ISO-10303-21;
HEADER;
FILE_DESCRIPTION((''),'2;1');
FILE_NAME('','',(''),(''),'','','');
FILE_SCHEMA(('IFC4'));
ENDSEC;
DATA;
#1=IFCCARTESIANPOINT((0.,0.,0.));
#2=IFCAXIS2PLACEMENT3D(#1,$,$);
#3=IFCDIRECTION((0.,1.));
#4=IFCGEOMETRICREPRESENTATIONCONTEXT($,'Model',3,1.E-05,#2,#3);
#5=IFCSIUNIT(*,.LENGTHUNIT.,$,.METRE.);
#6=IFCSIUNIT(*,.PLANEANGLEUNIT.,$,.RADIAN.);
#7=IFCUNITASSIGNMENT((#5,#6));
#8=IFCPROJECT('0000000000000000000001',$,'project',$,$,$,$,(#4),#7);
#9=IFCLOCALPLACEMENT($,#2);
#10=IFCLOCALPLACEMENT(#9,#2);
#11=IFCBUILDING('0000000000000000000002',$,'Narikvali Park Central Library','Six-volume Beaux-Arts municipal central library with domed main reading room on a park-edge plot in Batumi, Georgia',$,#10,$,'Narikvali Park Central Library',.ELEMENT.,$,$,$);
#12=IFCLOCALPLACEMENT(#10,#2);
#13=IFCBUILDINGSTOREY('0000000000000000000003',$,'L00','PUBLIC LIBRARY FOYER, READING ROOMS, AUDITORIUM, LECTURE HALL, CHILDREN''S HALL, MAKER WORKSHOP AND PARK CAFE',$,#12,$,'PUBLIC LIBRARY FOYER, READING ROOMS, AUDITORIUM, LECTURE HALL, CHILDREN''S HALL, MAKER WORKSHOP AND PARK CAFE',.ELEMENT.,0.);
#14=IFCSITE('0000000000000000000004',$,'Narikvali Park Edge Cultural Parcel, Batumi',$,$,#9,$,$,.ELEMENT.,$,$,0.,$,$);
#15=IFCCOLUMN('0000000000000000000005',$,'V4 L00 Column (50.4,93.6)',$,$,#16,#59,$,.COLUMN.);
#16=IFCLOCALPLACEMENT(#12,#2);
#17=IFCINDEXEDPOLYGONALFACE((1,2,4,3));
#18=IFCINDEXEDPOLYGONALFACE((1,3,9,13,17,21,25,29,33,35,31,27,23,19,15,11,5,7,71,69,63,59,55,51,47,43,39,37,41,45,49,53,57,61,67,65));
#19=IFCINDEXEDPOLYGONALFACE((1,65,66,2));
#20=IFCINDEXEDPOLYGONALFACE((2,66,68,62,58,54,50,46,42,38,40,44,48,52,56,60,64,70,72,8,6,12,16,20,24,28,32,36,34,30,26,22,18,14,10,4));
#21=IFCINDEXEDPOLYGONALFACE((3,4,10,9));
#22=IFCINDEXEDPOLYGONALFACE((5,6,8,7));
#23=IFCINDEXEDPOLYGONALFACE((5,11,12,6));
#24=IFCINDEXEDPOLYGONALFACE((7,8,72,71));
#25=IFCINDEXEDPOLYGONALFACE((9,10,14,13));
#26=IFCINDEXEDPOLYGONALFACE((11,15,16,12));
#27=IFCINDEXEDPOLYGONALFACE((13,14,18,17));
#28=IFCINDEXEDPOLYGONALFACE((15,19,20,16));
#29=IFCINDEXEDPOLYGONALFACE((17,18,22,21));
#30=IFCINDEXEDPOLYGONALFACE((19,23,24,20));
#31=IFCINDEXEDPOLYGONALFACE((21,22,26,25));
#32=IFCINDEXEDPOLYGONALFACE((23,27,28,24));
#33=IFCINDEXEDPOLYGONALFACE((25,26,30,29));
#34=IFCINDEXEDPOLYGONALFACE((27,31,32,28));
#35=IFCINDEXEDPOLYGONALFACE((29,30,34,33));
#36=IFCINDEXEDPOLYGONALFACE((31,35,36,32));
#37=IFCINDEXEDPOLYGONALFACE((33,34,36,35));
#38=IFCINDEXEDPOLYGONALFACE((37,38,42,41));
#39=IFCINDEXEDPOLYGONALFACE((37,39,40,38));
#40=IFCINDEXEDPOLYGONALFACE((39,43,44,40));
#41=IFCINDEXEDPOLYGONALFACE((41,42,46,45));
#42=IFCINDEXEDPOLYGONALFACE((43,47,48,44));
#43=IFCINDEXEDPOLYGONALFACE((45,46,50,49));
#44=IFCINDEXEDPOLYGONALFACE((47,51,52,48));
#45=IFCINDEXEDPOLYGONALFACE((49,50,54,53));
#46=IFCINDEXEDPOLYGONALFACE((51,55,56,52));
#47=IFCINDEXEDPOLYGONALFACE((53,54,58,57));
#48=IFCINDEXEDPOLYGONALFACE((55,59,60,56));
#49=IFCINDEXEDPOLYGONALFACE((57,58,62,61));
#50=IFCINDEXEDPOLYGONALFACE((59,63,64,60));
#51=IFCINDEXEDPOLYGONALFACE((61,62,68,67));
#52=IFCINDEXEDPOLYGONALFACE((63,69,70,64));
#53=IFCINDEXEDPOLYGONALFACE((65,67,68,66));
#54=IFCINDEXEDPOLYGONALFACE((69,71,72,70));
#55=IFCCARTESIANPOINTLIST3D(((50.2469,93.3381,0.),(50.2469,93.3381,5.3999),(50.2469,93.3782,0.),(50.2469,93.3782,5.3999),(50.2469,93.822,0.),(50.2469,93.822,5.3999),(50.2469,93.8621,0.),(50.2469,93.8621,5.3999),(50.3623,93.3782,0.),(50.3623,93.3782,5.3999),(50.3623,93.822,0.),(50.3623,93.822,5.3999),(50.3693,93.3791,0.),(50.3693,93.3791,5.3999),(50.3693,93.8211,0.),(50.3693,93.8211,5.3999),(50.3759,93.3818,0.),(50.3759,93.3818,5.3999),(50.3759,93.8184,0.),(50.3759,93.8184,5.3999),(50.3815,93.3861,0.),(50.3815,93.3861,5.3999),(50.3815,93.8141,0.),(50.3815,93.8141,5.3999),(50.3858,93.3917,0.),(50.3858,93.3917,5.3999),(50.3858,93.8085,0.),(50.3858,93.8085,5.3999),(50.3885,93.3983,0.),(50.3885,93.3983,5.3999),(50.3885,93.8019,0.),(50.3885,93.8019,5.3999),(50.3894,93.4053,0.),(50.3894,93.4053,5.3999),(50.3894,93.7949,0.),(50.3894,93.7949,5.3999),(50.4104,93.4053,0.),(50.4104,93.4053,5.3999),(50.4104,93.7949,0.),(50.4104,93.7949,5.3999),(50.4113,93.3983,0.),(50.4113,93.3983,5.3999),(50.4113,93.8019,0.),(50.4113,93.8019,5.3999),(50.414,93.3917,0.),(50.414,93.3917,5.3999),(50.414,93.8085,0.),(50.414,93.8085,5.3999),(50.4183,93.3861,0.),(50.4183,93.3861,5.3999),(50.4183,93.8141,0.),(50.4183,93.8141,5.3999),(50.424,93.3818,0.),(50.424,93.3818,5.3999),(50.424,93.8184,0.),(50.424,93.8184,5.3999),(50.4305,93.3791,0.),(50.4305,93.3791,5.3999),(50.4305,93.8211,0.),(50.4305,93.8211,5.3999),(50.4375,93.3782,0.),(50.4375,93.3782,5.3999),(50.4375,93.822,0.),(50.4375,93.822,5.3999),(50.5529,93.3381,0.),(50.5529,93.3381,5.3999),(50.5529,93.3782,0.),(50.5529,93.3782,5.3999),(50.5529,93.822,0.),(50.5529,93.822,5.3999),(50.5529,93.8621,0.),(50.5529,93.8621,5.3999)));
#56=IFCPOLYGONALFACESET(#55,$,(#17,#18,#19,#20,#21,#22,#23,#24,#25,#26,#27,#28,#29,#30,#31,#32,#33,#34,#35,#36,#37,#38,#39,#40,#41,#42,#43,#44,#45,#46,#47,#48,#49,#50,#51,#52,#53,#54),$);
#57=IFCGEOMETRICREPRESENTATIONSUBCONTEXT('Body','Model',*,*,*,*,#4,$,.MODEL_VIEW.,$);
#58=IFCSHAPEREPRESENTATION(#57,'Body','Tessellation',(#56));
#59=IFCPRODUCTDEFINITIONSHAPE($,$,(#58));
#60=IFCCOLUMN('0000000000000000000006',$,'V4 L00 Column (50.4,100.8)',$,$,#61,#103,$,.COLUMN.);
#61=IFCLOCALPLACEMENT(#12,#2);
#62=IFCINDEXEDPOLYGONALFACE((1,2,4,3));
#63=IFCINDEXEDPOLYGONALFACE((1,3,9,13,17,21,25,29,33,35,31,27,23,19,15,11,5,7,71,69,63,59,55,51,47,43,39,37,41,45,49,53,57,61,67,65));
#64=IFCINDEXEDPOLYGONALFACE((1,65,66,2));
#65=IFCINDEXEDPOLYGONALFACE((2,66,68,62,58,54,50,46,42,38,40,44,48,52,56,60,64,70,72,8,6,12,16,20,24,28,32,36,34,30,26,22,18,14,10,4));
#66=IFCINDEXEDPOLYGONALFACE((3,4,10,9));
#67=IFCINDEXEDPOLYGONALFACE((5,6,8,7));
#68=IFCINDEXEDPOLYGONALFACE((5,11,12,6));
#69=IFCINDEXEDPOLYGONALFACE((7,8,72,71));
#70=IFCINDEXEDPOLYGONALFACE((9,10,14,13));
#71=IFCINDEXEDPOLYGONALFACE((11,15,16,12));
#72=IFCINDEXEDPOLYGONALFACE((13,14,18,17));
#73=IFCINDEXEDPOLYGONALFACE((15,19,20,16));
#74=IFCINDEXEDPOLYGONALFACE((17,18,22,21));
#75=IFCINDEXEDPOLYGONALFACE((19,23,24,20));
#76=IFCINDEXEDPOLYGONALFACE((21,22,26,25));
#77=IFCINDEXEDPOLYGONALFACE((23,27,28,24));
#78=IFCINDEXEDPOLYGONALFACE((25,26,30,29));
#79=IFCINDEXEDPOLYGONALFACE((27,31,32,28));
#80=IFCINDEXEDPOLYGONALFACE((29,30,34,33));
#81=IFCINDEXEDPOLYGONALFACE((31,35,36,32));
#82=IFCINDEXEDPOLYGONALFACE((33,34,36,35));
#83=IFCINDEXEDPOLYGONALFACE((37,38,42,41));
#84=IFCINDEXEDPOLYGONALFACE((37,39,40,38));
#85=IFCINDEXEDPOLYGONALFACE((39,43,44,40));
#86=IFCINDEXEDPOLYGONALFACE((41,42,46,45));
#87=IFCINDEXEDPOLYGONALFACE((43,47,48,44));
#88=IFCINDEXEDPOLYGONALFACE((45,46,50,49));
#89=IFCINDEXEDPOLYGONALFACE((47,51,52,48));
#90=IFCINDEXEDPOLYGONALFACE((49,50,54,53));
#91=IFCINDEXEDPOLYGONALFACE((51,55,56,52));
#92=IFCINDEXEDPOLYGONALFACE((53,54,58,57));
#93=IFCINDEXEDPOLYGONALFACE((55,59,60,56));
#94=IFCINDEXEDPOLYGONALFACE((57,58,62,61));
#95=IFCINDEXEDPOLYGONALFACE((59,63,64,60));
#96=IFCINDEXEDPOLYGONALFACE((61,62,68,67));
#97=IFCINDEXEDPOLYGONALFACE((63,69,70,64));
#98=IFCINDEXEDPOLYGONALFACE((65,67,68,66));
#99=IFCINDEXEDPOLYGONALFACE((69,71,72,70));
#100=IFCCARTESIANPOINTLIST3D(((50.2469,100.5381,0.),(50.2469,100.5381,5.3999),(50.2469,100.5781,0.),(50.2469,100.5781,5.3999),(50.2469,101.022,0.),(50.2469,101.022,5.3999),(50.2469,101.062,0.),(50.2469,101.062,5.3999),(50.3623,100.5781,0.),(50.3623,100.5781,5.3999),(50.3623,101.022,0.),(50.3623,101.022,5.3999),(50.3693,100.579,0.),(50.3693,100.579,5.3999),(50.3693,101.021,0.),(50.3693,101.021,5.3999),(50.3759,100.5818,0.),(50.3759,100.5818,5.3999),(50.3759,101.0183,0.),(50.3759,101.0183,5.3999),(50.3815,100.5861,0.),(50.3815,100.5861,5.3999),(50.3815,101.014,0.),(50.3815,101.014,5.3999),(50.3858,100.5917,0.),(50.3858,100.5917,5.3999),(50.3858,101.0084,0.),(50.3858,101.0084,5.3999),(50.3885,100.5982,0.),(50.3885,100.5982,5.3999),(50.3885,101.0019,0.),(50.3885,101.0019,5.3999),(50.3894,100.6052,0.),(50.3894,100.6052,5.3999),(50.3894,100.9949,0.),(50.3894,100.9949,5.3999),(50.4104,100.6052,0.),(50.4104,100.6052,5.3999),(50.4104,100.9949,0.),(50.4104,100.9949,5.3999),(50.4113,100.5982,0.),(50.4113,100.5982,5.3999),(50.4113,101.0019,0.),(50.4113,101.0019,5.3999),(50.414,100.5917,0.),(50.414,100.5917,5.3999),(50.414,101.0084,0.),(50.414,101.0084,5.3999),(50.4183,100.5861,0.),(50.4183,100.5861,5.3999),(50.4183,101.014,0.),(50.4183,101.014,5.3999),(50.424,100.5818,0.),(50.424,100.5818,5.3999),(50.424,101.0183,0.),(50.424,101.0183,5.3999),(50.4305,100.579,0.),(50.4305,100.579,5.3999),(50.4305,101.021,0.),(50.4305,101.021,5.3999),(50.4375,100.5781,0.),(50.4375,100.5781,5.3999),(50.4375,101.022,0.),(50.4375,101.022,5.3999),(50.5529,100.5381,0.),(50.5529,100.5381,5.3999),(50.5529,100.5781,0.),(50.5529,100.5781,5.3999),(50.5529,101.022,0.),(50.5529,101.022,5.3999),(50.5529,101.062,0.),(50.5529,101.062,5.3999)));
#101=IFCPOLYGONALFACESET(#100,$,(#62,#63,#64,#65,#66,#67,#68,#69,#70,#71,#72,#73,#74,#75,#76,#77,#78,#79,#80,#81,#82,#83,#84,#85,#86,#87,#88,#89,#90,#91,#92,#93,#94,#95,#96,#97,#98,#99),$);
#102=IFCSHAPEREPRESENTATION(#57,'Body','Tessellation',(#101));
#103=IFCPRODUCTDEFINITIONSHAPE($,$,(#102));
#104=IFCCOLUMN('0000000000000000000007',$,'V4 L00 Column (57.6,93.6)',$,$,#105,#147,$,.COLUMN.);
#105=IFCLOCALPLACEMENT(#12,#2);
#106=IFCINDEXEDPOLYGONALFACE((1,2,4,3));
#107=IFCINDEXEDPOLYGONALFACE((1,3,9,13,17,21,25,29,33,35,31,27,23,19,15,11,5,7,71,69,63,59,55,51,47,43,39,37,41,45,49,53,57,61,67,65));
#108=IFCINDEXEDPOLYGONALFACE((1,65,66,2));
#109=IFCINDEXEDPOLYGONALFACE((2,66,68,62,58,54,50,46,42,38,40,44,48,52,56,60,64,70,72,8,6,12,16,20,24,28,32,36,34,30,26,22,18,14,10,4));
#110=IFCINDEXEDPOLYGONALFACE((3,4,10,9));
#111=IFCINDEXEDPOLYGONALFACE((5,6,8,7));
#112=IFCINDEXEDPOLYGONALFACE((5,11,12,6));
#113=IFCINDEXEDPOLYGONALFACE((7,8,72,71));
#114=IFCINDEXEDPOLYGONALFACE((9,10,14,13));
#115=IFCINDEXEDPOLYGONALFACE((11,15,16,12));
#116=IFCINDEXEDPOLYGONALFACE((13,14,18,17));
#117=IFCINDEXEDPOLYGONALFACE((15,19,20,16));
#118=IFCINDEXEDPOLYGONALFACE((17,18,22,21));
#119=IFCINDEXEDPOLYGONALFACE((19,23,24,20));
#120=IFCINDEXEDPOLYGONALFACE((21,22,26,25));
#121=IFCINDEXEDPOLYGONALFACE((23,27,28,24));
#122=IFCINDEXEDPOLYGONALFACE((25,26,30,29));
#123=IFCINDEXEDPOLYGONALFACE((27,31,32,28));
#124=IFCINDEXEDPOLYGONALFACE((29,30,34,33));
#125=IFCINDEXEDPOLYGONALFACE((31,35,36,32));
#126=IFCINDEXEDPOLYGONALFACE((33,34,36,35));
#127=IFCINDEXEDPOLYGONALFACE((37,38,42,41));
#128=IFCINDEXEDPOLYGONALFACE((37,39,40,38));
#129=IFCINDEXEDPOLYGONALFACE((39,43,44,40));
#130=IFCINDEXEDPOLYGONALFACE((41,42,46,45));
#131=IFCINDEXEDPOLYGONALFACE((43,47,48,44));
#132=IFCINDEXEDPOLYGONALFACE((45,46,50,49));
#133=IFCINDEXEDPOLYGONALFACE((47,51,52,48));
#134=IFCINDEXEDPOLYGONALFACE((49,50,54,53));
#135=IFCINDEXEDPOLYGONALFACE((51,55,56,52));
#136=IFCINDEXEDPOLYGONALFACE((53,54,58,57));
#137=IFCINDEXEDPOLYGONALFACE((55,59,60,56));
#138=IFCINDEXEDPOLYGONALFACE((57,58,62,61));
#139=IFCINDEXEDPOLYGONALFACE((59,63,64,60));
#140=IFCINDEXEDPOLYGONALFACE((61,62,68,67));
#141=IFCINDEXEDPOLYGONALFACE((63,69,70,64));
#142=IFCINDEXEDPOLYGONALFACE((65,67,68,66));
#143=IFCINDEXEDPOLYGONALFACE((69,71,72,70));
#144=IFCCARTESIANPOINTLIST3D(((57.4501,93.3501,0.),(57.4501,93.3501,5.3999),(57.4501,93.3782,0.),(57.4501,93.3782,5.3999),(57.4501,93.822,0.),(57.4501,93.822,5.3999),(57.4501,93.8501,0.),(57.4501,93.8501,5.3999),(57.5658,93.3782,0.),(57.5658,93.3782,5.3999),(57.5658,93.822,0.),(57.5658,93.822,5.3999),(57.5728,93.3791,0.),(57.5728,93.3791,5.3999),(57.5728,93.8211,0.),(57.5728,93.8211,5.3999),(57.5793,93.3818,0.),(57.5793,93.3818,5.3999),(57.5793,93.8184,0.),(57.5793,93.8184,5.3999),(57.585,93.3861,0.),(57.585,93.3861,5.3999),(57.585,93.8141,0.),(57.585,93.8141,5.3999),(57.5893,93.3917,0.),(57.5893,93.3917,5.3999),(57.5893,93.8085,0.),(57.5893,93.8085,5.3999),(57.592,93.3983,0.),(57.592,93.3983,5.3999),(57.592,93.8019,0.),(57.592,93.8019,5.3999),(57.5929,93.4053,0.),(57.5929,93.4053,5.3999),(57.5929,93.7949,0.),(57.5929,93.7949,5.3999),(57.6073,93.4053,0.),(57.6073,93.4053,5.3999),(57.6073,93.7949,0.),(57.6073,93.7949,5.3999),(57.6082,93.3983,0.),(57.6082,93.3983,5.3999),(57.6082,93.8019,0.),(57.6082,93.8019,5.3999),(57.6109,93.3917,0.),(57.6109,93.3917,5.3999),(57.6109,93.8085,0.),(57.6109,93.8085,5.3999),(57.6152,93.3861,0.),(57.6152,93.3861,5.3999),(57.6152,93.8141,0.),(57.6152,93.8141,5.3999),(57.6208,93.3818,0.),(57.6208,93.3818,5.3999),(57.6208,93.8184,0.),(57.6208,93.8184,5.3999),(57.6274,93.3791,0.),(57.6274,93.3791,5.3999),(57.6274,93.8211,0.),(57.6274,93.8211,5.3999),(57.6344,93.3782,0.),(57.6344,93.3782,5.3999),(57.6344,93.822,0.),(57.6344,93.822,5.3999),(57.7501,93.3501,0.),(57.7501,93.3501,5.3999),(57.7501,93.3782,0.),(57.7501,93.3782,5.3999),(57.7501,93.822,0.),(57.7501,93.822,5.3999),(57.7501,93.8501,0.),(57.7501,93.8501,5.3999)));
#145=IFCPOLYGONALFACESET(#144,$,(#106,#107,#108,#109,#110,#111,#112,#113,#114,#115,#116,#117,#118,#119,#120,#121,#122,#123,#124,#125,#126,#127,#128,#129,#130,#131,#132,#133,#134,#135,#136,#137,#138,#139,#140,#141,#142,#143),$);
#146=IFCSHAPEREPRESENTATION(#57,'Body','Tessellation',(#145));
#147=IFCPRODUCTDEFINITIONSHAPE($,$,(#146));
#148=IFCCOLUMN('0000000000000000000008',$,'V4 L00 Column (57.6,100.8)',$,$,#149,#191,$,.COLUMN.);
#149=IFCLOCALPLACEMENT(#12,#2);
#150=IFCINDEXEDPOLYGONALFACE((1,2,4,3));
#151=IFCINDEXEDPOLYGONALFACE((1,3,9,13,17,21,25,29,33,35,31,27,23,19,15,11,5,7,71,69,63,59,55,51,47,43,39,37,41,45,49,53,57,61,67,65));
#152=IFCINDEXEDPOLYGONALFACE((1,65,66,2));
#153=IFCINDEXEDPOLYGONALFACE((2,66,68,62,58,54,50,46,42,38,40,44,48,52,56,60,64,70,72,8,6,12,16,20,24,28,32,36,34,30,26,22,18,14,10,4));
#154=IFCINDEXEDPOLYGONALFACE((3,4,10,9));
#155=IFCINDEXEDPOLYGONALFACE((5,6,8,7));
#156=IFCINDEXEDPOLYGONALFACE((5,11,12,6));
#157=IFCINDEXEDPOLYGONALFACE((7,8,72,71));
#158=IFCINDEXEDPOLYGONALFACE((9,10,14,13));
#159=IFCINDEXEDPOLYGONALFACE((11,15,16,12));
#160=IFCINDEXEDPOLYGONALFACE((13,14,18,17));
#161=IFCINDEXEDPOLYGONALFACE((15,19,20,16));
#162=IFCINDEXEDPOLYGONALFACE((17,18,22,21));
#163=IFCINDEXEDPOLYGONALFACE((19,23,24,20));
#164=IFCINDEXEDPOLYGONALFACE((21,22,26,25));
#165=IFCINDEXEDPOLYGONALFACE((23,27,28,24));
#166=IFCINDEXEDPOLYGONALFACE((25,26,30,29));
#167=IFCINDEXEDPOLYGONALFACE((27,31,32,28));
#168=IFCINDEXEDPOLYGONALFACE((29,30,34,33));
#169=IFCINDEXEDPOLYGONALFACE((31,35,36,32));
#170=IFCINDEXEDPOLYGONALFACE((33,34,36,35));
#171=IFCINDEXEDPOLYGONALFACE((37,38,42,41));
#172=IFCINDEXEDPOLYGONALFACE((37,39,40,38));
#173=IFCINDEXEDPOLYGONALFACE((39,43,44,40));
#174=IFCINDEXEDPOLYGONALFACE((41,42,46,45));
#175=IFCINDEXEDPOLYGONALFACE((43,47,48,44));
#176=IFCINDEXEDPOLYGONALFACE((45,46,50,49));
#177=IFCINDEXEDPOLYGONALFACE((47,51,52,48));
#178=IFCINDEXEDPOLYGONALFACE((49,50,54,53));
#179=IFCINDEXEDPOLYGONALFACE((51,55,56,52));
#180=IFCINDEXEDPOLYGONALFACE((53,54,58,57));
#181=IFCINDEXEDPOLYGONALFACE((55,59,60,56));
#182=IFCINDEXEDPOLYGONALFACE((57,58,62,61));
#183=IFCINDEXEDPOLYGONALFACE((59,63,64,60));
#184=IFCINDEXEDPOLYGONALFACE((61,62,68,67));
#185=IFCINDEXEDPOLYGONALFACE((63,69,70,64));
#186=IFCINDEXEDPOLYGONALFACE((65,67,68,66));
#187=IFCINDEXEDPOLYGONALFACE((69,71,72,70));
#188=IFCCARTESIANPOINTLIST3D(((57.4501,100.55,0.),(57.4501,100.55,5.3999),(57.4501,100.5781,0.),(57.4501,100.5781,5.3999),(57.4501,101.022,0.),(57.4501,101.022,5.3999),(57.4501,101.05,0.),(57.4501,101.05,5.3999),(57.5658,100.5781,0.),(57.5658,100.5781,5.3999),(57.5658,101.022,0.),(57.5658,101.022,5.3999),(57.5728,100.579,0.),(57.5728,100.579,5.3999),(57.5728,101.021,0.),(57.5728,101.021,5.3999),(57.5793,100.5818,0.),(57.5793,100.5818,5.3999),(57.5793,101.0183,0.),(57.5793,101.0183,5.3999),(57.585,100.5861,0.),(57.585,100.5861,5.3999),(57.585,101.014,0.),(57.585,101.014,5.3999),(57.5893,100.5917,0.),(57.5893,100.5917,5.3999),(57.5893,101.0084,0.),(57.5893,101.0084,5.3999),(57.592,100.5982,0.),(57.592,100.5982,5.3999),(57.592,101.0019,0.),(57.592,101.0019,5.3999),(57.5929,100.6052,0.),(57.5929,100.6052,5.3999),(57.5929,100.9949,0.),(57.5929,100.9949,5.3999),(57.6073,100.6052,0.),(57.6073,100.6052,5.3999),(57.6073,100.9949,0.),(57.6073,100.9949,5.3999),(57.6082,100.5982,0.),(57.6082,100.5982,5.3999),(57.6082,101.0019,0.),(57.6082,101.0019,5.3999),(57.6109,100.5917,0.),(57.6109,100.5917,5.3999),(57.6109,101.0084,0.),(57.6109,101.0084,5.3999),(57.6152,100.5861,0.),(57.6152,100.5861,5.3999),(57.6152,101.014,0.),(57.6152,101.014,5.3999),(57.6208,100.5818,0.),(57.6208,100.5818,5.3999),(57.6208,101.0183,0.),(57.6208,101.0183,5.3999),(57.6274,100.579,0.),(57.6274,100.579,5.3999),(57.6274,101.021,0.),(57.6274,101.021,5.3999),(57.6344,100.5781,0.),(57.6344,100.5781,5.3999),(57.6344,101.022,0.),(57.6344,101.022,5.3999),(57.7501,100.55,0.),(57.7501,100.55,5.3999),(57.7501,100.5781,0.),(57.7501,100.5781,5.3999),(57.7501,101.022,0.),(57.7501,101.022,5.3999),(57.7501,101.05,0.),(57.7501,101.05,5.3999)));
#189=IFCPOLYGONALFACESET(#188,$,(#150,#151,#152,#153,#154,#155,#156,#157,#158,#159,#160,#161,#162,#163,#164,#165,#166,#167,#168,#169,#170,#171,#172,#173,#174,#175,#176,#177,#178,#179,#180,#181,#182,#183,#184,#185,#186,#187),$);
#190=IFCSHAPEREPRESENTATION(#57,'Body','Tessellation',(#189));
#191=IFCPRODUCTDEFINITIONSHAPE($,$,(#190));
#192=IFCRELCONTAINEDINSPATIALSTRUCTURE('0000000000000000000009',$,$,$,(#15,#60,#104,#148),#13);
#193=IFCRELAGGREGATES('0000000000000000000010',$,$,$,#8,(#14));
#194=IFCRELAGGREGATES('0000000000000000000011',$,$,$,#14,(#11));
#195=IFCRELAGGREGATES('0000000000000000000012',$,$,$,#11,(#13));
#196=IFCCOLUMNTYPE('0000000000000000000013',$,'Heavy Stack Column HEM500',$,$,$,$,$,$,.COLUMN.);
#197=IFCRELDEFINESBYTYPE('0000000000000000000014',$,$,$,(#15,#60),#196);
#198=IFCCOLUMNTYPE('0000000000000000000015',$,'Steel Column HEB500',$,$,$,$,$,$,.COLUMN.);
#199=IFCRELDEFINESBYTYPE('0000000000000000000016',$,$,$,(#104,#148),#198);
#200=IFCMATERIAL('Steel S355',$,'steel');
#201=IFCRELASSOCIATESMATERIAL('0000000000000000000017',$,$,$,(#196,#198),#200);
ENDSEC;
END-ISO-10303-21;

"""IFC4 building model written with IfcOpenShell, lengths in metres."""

from ifc_helpers import new_model, si_unit, direction, frame, origin, origin_2d, place, context, subcontext, project, spatial, i_section, extrude, material, material_profile, profile_set, type_object, element, save


model = new_model("IFC4")

# Units and contexts
model_context = context("Model", 3, precision=1e-05, world=origin(), true_north=direction((0.0, 1.0)))
body_context = subcontext(model_context, "Body", "Model", "MODEL_VIEW")
ifc_project = project(units=[si_unit("LENGTHUNIT", "METRE"), si_unit("PLANEANGLEUNIT", "RADIAN")], contexts=[model_context])

# Site, building, storey
site_placement = place(None, origin())
site = spatial("IfcSite", under=ifc_project, at=site_placement, Name="Narikvali Park Edge Cultural Parcel, Batumi", CompositionType="ELEMENT", RefElevation=0.0)
building_placement = place(site_placement, origin())
building = spatial("IfcBuilding", under=site, at=building_placement, Name="Narikvali Park Central Library", Description="Six-volume Beaux-Arts municipal central library with domed main reading room on a park-edge plot in Batumi, Georgia", LongName="Narikvali Park Central Library", CompositionType="ELEMENT")
storey_placement = place(building_placement, origin())
storey = spatial("IfcBuildingStorey", under=building, at=storey_placement, Name="L00", Description="PUBLIC LIBRARY FOYER, READING ROOMS, AUDITORIUM, LECTURE HALL, CHILDREN'S HALL, MAKER WORKSHOP AND PARK CAFE", LongName="PUBLIC LIBRARY FOYER, READING ROOMS, AUDITORIUM, LECTURE HALL, CHILDREN'S HALL, MAKER WORKSHOP AND PARK CAFE", CompositionType="ELEMENT", Elevation=0.0)

# Columns
ifc_material_1 = material(Name="Steel S355", Category="steel")
ifc_material_profile_1 = material_profile(ifc_material_1, i_section(OverallWidth=0.3059, OverallDepth=0.5239, WebThickness=0.021, FlangeThickness=0.04, FilletRadius=0.0271, at=origin_2d()), Name="HEM 500")
ifc_profile_set_1 = profile_set([ifc_material_profile_1], Name="Steel S355")
column_type_1 = type_object("IfcColumnType", Name="Heavy Stack Column HEM500", PredefinedType="COLUMN", material=ifc_profile_set_1)
for number, where, z_axis, x_axis, name in (
    (1, (50.3999, 93.6001, 0.0), (0.0, 0.0, 1.0), (1.0, 0.0, 0.0), "V4 L00 Column (50.4,93.6)"),
    (2, (50.3999, 100.8, 0.0), (0.0, 0.0, 1.0), (1.0, 0.0, 0.0), "V4 L00 Column (50.4,100.8)"),
):
    element("IfcColumn", number, at=place(storey_placement, frame(where, z_axis=z_axis, x_axis=x_axis)), inside=storey, type_object=column_type_1, Name=name, PredefinedType="COLUMN", context=body_context, shape_type="SweptSolid", body=[
        extrude(i_section(OverallWidth=0.3059, OverallDepth=0.5239, WebThickness=0.021, FlangeThickness=0.04, FilletRadius=0.0271, at=origin_2d()), origin(), (0.0, 0.0, 1.0), 5.3999),
    ])
ifc_material_profile_2 = material_profile(ifc_material_1, i_section(OverallWidth=0.3, OverallDepth=0.5, WebThickness=0.0144, FlangeThickness=0.0281, FilletRadius=0.0271, at=origin_2d()), Name="HEB 500")
ifc_profile_set_2 = profile_set([ifc_material_profile_2], Name="Steel S355")
column_type_2 = type_object("IfcColumnType", Name="Steel Column HEB500", PredefinedType="COLUMN", material=ifc_profile_set_2)
for number, where, z_axis, x_axis, name in (
    (3, (57.6001, 93.6001, 0.0), (0.0, 0.0, 1.0), (1.0, 0.0, 0.0), "V4 L00 Column (57.6,93.6)"),
    (4, (57.6001, 100.8, 0.0), (0.0, 0.0, 1.0), (1.0, 0.0, 0.0), "V4 L00 Column (57.6,100.8)"),
):
    element("IfcColumn", number, at=place(storey_placement, frame(where, z_axis=z_axis, x_axis=x_axis)), inside=storey, type_object=column_type_2, Name=name, PredefinedType="COLUMN", context=body_context, shape_type="SweptSolid", body=[
        extrude(i_section(OverallWidth=0.3, OverallDepth=0.5, WebThickness=0.0144, FlangeThickness=0.0281, FilletRadius=0.0271, at=origin_2d()), origin(), (0.0, 0.0, 1.0), 5.3999),
    ])

save(model, "model.ifc")
